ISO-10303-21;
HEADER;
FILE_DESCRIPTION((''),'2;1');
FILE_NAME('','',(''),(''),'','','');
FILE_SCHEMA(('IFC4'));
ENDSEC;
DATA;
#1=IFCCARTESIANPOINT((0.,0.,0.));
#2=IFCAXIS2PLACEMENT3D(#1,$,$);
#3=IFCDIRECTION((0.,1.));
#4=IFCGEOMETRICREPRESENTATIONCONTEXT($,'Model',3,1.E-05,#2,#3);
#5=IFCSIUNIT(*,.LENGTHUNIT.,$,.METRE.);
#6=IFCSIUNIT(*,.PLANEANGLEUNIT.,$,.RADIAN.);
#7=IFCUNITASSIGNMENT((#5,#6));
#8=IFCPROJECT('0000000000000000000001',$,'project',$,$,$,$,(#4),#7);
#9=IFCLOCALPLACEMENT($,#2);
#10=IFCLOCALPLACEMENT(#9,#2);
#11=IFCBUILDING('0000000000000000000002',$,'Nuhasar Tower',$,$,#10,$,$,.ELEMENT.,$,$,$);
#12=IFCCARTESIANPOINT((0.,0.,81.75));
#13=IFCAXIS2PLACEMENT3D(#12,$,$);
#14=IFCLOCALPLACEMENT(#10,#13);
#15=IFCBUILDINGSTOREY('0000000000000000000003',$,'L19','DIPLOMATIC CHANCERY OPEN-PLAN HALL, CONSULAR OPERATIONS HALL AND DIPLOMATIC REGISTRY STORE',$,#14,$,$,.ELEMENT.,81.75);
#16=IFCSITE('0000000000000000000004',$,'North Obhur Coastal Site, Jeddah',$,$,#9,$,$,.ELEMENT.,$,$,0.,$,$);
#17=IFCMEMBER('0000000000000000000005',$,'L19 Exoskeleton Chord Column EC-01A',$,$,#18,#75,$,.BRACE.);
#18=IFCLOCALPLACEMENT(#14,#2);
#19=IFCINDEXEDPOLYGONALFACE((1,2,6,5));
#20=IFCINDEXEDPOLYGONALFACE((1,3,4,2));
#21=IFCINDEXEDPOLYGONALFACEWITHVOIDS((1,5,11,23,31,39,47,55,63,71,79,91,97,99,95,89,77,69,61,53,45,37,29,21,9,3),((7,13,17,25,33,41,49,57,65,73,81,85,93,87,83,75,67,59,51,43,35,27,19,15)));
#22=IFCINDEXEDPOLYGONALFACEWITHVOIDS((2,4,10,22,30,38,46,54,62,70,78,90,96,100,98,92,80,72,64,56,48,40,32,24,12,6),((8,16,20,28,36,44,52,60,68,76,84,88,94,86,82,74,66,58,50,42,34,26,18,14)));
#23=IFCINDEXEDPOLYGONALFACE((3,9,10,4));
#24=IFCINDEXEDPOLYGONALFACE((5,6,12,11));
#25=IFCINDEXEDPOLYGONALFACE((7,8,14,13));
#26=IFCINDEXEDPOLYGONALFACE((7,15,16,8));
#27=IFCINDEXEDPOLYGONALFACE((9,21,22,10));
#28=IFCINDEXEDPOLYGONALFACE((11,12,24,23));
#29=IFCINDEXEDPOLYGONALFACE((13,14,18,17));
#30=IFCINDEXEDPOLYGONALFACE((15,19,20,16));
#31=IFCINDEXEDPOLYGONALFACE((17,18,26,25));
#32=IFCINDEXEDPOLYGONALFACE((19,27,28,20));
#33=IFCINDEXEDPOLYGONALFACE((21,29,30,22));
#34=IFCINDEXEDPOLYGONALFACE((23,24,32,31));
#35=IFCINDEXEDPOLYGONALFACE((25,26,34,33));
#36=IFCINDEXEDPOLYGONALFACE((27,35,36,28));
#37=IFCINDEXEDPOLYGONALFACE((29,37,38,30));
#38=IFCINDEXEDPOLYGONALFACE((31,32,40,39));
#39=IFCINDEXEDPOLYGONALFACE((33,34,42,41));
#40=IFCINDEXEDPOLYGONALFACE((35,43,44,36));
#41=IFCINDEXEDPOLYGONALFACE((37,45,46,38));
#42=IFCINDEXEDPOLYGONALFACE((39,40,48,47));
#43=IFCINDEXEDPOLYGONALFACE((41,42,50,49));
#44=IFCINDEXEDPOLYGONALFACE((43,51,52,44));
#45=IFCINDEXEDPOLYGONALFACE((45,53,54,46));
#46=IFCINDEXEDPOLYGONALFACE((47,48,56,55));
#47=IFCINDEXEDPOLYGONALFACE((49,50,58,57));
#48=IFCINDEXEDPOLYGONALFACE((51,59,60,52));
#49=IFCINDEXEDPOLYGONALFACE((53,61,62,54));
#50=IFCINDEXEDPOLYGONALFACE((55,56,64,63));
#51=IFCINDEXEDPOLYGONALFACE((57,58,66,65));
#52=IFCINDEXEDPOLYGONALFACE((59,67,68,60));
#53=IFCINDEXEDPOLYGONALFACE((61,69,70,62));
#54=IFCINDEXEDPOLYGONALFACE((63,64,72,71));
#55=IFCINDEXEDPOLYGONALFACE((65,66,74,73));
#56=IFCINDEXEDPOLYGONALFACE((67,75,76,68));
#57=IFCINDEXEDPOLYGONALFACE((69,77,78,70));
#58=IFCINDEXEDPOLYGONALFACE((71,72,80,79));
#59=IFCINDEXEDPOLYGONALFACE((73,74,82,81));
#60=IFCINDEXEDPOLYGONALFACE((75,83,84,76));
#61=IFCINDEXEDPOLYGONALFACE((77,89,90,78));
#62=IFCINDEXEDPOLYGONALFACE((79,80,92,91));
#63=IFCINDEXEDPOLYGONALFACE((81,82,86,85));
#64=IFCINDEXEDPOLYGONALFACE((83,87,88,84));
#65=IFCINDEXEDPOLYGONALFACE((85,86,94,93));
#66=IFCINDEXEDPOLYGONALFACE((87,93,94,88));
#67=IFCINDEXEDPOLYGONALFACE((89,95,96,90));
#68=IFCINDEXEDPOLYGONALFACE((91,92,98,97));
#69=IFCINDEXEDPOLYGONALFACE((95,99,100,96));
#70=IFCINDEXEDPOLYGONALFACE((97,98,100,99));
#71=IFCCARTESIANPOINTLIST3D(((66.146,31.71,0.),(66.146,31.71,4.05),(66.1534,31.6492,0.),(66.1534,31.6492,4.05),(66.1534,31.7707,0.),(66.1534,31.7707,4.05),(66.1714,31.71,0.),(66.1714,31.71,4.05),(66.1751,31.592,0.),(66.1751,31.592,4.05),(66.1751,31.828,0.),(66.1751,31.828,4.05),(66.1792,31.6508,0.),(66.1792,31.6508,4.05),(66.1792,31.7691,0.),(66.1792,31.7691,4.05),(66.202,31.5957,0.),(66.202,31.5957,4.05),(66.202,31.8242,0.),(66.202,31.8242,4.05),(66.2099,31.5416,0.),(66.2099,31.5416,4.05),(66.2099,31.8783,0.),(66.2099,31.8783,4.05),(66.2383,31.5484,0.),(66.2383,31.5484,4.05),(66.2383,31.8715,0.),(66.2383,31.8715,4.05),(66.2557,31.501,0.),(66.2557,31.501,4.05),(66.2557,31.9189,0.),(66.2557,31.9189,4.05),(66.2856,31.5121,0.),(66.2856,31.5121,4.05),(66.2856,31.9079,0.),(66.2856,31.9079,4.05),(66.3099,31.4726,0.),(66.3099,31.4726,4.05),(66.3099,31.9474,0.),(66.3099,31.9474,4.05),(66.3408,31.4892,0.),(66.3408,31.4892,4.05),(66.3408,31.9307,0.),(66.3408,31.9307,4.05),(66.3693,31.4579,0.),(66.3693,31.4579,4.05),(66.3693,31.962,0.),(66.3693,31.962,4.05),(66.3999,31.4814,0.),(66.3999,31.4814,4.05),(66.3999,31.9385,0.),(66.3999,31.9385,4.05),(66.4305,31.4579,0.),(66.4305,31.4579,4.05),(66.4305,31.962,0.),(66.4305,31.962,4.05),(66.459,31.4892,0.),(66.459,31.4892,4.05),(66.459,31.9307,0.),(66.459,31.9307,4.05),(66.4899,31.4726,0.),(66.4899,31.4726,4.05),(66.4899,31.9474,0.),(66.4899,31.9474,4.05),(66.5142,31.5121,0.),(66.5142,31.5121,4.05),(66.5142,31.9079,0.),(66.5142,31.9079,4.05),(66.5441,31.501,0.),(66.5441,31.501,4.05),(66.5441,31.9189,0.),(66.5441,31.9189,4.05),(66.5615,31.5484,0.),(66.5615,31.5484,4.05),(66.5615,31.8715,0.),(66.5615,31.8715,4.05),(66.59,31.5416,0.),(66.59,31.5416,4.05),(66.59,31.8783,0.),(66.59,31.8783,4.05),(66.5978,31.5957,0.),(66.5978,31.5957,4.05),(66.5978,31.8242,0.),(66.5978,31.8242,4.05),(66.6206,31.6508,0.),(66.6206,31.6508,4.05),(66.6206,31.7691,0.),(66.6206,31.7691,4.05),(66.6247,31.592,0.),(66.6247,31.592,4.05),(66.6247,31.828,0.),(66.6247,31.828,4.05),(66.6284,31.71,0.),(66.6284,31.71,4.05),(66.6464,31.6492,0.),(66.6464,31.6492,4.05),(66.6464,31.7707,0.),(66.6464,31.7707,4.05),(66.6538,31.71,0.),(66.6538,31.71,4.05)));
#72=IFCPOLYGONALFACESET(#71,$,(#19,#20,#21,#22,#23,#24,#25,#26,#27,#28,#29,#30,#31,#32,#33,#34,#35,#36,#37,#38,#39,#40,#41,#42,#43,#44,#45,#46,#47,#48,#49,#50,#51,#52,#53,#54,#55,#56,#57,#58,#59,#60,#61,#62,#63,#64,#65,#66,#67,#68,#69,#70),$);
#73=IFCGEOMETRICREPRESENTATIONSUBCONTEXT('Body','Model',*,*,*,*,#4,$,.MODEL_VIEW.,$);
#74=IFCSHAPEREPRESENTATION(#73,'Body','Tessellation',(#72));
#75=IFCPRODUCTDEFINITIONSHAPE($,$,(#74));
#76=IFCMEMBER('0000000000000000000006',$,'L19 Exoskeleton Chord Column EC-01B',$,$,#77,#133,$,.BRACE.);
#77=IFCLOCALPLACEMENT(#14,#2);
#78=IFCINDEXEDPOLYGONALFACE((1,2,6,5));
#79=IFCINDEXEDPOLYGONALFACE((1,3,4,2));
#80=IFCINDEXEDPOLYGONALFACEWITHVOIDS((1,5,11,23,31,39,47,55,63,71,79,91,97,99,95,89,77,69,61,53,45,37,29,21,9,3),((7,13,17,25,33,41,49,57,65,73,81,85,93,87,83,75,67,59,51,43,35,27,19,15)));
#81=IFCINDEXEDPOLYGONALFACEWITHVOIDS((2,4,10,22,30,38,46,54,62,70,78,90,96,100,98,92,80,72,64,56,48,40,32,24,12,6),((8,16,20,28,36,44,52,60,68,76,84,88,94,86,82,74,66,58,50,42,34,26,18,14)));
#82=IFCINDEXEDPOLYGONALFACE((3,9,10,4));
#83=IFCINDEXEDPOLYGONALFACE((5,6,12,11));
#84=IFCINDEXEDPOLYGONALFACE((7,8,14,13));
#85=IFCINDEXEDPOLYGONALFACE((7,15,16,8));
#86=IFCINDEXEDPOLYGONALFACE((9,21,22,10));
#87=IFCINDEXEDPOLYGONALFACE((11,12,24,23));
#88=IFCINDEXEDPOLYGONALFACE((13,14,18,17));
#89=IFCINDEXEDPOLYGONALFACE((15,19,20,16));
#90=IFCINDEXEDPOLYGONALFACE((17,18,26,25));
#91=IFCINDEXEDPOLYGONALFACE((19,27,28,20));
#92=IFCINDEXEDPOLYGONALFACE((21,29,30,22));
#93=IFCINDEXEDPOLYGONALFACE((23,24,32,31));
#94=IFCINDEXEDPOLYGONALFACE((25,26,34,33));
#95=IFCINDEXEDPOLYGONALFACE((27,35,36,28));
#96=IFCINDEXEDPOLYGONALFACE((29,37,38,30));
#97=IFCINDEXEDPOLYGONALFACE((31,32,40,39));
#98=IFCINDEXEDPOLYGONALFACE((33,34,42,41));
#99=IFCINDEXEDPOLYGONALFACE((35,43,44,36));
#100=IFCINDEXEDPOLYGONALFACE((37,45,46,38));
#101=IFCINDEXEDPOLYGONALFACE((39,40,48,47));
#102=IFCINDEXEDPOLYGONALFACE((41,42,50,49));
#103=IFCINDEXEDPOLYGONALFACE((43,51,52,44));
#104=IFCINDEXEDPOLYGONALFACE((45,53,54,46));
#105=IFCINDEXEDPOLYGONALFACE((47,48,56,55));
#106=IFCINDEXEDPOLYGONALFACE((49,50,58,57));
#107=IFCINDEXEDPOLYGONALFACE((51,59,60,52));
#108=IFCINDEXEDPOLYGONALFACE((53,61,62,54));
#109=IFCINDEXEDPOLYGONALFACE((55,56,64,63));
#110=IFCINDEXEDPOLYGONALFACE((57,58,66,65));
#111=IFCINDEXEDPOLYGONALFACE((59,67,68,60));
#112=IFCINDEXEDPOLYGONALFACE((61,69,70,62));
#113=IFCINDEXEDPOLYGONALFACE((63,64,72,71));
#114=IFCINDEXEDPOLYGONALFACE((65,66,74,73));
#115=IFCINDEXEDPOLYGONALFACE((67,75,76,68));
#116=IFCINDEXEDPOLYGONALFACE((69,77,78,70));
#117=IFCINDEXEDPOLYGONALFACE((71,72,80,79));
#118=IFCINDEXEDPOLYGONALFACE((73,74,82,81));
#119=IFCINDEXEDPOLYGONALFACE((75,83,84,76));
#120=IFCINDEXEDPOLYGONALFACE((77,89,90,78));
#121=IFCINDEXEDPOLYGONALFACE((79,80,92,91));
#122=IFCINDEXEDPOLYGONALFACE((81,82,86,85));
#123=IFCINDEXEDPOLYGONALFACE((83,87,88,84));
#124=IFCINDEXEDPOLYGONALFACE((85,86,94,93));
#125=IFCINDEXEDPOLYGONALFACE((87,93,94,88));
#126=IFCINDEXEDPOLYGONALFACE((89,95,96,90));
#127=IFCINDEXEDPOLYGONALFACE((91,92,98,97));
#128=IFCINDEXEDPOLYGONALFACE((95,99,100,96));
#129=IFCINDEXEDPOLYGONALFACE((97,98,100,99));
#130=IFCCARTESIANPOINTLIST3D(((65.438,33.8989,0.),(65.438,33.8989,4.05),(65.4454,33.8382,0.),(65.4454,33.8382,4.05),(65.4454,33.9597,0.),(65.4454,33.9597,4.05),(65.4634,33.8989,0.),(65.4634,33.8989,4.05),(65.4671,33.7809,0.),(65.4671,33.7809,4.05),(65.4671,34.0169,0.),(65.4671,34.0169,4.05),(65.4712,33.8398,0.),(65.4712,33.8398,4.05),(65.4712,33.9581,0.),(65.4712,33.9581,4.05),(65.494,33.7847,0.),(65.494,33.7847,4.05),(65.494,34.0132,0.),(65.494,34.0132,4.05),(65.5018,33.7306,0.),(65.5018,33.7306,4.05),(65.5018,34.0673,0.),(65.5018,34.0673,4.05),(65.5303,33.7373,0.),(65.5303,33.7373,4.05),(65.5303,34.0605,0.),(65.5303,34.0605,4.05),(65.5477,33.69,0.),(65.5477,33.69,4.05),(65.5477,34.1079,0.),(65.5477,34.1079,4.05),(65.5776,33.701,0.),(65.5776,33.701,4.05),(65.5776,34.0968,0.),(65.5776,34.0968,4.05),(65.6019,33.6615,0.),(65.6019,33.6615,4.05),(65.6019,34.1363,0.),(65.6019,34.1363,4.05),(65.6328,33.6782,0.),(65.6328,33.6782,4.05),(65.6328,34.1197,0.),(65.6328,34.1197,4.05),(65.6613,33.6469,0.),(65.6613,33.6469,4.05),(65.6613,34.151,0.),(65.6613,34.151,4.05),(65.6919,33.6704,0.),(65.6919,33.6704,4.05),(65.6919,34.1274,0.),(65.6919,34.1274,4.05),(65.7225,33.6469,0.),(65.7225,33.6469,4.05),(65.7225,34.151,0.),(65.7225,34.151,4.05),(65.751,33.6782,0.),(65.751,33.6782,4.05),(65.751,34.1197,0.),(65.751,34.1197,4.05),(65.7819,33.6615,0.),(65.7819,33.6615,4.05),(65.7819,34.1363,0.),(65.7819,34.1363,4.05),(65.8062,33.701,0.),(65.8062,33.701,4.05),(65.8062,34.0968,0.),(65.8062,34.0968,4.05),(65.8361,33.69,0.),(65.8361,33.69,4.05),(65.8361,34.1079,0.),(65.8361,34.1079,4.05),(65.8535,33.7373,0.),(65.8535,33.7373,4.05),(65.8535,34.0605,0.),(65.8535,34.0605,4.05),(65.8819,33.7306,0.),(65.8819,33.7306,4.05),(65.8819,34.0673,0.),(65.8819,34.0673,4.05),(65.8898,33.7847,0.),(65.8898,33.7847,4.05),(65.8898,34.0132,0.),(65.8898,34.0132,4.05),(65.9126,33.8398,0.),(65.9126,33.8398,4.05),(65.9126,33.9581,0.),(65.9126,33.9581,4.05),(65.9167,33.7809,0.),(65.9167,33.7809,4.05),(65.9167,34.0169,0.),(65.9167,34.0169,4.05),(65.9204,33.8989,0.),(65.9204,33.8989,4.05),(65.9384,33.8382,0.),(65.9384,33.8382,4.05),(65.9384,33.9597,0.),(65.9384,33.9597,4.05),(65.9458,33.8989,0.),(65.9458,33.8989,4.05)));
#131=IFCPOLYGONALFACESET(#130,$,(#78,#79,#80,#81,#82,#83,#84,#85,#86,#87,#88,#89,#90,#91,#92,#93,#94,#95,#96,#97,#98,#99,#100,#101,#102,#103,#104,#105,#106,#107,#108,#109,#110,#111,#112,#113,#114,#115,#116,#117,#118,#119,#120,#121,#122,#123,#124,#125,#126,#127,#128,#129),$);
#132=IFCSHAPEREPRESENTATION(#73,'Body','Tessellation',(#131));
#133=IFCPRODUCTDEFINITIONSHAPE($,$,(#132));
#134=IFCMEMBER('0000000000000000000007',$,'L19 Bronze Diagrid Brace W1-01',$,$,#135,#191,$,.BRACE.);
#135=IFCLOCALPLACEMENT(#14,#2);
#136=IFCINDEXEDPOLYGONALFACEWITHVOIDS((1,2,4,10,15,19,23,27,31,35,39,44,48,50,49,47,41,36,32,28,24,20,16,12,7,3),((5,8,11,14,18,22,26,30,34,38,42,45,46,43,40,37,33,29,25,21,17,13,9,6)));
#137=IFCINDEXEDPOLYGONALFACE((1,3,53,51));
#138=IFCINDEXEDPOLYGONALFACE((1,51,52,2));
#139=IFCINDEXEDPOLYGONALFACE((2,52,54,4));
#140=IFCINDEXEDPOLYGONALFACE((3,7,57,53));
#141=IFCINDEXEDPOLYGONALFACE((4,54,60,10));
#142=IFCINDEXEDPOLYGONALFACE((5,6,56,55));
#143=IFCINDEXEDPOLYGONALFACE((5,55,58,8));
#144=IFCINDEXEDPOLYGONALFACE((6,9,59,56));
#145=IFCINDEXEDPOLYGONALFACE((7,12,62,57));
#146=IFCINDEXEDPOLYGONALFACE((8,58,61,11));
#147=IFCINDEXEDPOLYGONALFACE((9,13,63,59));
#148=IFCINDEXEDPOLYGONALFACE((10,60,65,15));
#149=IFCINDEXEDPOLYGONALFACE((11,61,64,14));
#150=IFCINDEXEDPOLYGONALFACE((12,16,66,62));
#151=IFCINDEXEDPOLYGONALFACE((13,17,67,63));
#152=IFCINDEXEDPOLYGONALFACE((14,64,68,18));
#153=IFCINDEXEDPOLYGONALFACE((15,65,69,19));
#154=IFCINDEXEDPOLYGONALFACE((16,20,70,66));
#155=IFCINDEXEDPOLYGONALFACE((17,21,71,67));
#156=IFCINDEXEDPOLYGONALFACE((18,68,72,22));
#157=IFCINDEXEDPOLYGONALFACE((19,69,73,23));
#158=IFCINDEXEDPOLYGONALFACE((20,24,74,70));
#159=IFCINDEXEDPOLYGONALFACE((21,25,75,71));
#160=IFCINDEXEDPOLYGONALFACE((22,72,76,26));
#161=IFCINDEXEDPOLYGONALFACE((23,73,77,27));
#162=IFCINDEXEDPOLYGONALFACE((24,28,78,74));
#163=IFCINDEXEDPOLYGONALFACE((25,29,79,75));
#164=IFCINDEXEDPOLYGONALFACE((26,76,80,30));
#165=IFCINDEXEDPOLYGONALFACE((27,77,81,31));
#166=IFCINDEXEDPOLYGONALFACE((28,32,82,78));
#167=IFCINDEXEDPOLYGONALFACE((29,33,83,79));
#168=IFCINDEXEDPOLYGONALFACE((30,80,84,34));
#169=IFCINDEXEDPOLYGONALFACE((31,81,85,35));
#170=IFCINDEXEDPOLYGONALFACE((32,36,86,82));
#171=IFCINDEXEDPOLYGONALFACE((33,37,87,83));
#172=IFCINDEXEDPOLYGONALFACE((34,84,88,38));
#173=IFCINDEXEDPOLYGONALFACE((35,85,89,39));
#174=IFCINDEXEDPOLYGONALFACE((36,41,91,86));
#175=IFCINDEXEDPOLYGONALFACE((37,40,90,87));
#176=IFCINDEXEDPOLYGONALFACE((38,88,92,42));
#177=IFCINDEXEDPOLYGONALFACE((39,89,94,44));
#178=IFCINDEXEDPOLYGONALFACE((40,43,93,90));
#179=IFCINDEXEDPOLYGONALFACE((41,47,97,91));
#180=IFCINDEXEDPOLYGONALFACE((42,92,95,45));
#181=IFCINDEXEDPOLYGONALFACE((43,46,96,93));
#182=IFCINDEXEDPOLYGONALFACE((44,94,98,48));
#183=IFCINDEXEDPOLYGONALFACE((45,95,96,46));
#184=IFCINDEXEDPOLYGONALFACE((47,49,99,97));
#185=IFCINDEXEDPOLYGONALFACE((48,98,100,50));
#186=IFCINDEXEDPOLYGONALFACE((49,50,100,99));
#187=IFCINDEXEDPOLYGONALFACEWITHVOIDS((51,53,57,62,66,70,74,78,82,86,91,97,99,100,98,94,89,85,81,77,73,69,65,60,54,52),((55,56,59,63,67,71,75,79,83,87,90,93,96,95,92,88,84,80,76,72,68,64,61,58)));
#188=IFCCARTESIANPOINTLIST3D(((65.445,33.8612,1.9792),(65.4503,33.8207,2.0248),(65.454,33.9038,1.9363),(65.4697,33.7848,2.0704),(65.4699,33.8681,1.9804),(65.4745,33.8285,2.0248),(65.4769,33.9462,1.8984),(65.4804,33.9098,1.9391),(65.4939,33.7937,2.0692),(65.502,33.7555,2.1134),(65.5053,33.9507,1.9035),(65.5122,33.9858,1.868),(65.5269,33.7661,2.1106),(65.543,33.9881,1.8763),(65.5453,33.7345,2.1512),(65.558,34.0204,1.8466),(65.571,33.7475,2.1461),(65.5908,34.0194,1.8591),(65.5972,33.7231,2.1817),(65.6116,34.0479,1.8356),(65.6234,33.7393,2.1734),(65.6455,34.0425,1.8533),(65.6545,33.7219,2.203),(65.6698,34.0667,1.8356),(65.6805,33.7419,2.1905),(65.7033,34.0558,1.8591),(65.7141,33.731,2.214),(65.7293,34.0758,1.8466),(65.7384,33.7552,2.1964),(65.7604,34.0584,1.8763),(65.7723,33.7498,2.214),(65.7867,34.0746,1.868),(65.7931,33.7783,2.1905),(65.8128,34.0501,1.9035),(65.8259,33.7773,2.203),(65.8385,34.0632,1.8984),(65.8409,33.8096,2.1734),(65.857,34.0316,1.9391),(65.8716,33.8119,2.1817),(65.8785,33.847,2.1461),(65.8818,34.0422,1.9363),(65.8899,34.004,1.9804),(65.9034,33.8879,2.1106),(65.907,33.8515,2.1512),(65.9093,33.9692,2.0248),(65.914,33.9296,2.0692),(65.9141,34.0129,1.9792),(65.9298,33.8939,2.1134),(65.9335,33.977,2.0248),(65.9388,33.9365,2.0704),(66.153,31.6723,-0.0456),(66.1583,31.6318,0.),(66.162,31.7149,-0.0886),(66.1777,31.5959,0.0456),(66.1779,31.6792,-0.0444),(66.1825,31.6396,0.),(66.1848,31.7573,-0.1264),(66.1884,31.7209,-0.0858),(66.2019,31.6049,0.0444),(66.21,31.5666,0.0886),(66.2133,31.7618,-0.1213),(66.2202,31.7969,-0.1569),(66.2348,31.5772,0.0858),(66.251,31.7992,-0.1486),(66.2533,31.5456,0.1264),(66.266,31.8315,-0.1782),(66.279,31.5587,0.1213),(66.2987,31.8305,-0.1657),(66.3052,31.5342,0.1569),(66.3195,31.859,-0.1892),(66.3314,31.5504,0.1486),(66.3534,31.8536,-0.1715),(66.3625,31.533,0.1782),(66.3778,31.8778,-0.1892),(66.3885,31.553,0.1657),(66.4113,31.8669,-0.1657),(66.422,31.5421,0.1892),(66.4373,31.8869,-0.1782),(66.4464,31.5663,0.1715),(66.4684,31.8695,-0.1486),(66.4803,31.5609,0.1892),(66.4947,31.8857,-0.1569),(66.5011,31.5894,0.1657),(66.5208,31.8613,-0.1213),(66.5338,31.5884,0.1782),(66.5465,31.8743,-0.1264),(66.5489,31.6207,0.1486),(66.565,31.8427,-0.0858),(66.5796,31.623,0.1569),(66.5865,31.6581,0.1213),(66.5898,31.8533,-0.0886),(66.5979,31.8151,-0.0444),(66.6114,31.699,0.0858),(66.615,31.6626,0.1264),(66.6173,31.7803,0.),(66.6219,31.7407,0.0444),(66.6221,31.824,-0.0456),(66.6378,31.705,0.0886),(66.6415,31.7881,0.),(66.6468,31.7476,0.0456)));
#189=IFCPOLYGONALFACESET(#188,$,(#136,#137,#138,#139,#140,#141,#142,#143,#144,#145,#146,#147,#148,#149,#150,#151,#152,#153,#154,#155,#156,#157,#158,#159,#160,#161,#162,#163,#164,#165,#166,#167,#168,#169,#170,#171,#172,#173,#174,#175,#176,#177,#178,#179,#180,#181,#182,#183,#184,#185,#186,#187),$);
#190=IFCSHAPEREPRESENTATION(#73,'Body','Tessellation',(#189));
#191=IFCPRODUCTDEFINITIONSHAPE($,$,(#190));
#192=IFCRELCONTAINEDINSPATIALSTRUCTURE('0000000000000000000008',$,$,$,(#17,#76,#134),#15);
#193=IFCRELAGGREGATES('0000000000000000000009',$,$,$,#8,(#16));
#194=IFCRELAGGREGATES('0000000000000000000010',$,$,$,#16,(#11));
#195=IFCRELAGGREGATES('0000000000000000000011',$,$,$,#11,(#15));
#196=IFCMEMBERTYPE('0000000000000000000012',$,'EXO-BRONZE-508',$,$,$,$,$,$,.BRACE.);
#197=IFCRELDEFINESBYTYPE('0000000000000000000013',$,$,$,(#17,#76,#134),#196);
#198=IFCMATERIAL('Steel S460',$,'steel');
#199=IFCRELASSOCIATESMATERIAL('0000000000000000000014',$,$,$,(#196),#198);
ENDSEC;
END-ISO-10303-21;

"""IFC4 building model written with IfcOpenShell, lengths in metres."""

from ifc_helpers import new_model, si_unit, direction, frame, origin, origin_2d, place, context, subcontext, project, spatial, hollow_circle, extrude, material, material_profile, profile_set, type_object, element, save


model = new_model("IFC4")

# Units and contexts
model_context = context("Model", 3, precision=1e-05, world=origin(), true_north=direction((0.0, 1.0)))
body_context = subcontext(model_context, "Body", "Model", "MODEL_VIEW")
ifc_project = project(units=[si_unit("LENGTHUNIT", "METRE"), si_unit("PLANEANGLEUNIT", "RADIAN")], contexts=[model_context])

# Site, building, storey
site_placement = place(None, origin())
site = spatial("IfcSite", under=ifc_project, at=site_placement, Name="North Obhur Coastal Site, Jeddah", CompositionType="ELEMENT", RefElevation=0.0)
building_placement = place(site_placement, origin())
building = spatial("IfcBuilding", under=site, at=building_placement, Name="Nuhasar Tower", CompositionType="ELEMENT")
storey_placement = place(building_placement, frame((0.0, 0.0, 81.75)))
storey = spatial("IfcBuildingStorey", under=building, at=storey_placement, Name="L19", Description="DIPLOMATIC CHANCERY OPEN-PLAN HALL, CONSULAR OPERATIONS HALL AND DIPLOMATIC REGISTRY STORE", CompositionType="ELEMENT", Elevation=81.75)

# Members
ifc_material_1 = material(Name="Steel S460", Category="steel")
ifc_material_profile_1 = material_profile(ifc_material_1, hollow_circle(Radius=0.2539, WallThickness=0.0254, at=origin_2d()), Name="HSS508X25.4")
ifc_profile_set_1 = profile_set([ifc_material_profile_1], Name="Steel S460")
member_type_1 = type_object("IfcMemberType", Name="EXO-BRONZE-508", PredefinedType="BRACE", material=ifc_profile_set_1)
for number, where, z_axis, x_axis, name in (
    (1, (66.3999, 31.71, 0.0), (0.0, 0.0, 1.0), (1.0, 0.0, 0.0), "L19 Exoskeleton Chord Column EC-01A"),
    (2, (65.6919, 33.8989, 0.0), (0.0, 0.0, 1.0), (1.0, 0.0, 0.0), "L19 Exoskeleton Chord Column EC-01B"),
):
    element("IfcMember", number, at=place(storey_placement, frame(where, z_axis=z_axis, x_axis=x_axis)), inside=storey, type_object=member_type_1, Name=name, PredefinedType="BRACE", context=body_context, shape_type="SweptSolid", body=[
        extrude(hollow_circle(Radius=0.2539, WallThickness=0.0254, at=origin_2d()), origin(), (0.0, 0.0, 1.0), 4.05),
    ])
member_1_placement = place(storey_placement, frame((66.3999, 31.71, 0.0), z_axis=(-0.231012, 0.714225, 0.660694), x_axis=(-0.951468, -0.307747, 0.0)))
element("IfcMember", 3, at=member_1_placement, inside=storey, type_object=member_type_1, Name="L19 Bronze Diagrid Brace W1-01", PredefinedType="BRACE", context=body_context, shape_type="SweptSolid", body=[
    extrude(hollow_circle(Radius=0.2539, WallThickness=0.0254, at=origin_2d()), origin(), (0.0, 0.0, 1.0), 3.0647),
])

save(model, "model.ifc")
